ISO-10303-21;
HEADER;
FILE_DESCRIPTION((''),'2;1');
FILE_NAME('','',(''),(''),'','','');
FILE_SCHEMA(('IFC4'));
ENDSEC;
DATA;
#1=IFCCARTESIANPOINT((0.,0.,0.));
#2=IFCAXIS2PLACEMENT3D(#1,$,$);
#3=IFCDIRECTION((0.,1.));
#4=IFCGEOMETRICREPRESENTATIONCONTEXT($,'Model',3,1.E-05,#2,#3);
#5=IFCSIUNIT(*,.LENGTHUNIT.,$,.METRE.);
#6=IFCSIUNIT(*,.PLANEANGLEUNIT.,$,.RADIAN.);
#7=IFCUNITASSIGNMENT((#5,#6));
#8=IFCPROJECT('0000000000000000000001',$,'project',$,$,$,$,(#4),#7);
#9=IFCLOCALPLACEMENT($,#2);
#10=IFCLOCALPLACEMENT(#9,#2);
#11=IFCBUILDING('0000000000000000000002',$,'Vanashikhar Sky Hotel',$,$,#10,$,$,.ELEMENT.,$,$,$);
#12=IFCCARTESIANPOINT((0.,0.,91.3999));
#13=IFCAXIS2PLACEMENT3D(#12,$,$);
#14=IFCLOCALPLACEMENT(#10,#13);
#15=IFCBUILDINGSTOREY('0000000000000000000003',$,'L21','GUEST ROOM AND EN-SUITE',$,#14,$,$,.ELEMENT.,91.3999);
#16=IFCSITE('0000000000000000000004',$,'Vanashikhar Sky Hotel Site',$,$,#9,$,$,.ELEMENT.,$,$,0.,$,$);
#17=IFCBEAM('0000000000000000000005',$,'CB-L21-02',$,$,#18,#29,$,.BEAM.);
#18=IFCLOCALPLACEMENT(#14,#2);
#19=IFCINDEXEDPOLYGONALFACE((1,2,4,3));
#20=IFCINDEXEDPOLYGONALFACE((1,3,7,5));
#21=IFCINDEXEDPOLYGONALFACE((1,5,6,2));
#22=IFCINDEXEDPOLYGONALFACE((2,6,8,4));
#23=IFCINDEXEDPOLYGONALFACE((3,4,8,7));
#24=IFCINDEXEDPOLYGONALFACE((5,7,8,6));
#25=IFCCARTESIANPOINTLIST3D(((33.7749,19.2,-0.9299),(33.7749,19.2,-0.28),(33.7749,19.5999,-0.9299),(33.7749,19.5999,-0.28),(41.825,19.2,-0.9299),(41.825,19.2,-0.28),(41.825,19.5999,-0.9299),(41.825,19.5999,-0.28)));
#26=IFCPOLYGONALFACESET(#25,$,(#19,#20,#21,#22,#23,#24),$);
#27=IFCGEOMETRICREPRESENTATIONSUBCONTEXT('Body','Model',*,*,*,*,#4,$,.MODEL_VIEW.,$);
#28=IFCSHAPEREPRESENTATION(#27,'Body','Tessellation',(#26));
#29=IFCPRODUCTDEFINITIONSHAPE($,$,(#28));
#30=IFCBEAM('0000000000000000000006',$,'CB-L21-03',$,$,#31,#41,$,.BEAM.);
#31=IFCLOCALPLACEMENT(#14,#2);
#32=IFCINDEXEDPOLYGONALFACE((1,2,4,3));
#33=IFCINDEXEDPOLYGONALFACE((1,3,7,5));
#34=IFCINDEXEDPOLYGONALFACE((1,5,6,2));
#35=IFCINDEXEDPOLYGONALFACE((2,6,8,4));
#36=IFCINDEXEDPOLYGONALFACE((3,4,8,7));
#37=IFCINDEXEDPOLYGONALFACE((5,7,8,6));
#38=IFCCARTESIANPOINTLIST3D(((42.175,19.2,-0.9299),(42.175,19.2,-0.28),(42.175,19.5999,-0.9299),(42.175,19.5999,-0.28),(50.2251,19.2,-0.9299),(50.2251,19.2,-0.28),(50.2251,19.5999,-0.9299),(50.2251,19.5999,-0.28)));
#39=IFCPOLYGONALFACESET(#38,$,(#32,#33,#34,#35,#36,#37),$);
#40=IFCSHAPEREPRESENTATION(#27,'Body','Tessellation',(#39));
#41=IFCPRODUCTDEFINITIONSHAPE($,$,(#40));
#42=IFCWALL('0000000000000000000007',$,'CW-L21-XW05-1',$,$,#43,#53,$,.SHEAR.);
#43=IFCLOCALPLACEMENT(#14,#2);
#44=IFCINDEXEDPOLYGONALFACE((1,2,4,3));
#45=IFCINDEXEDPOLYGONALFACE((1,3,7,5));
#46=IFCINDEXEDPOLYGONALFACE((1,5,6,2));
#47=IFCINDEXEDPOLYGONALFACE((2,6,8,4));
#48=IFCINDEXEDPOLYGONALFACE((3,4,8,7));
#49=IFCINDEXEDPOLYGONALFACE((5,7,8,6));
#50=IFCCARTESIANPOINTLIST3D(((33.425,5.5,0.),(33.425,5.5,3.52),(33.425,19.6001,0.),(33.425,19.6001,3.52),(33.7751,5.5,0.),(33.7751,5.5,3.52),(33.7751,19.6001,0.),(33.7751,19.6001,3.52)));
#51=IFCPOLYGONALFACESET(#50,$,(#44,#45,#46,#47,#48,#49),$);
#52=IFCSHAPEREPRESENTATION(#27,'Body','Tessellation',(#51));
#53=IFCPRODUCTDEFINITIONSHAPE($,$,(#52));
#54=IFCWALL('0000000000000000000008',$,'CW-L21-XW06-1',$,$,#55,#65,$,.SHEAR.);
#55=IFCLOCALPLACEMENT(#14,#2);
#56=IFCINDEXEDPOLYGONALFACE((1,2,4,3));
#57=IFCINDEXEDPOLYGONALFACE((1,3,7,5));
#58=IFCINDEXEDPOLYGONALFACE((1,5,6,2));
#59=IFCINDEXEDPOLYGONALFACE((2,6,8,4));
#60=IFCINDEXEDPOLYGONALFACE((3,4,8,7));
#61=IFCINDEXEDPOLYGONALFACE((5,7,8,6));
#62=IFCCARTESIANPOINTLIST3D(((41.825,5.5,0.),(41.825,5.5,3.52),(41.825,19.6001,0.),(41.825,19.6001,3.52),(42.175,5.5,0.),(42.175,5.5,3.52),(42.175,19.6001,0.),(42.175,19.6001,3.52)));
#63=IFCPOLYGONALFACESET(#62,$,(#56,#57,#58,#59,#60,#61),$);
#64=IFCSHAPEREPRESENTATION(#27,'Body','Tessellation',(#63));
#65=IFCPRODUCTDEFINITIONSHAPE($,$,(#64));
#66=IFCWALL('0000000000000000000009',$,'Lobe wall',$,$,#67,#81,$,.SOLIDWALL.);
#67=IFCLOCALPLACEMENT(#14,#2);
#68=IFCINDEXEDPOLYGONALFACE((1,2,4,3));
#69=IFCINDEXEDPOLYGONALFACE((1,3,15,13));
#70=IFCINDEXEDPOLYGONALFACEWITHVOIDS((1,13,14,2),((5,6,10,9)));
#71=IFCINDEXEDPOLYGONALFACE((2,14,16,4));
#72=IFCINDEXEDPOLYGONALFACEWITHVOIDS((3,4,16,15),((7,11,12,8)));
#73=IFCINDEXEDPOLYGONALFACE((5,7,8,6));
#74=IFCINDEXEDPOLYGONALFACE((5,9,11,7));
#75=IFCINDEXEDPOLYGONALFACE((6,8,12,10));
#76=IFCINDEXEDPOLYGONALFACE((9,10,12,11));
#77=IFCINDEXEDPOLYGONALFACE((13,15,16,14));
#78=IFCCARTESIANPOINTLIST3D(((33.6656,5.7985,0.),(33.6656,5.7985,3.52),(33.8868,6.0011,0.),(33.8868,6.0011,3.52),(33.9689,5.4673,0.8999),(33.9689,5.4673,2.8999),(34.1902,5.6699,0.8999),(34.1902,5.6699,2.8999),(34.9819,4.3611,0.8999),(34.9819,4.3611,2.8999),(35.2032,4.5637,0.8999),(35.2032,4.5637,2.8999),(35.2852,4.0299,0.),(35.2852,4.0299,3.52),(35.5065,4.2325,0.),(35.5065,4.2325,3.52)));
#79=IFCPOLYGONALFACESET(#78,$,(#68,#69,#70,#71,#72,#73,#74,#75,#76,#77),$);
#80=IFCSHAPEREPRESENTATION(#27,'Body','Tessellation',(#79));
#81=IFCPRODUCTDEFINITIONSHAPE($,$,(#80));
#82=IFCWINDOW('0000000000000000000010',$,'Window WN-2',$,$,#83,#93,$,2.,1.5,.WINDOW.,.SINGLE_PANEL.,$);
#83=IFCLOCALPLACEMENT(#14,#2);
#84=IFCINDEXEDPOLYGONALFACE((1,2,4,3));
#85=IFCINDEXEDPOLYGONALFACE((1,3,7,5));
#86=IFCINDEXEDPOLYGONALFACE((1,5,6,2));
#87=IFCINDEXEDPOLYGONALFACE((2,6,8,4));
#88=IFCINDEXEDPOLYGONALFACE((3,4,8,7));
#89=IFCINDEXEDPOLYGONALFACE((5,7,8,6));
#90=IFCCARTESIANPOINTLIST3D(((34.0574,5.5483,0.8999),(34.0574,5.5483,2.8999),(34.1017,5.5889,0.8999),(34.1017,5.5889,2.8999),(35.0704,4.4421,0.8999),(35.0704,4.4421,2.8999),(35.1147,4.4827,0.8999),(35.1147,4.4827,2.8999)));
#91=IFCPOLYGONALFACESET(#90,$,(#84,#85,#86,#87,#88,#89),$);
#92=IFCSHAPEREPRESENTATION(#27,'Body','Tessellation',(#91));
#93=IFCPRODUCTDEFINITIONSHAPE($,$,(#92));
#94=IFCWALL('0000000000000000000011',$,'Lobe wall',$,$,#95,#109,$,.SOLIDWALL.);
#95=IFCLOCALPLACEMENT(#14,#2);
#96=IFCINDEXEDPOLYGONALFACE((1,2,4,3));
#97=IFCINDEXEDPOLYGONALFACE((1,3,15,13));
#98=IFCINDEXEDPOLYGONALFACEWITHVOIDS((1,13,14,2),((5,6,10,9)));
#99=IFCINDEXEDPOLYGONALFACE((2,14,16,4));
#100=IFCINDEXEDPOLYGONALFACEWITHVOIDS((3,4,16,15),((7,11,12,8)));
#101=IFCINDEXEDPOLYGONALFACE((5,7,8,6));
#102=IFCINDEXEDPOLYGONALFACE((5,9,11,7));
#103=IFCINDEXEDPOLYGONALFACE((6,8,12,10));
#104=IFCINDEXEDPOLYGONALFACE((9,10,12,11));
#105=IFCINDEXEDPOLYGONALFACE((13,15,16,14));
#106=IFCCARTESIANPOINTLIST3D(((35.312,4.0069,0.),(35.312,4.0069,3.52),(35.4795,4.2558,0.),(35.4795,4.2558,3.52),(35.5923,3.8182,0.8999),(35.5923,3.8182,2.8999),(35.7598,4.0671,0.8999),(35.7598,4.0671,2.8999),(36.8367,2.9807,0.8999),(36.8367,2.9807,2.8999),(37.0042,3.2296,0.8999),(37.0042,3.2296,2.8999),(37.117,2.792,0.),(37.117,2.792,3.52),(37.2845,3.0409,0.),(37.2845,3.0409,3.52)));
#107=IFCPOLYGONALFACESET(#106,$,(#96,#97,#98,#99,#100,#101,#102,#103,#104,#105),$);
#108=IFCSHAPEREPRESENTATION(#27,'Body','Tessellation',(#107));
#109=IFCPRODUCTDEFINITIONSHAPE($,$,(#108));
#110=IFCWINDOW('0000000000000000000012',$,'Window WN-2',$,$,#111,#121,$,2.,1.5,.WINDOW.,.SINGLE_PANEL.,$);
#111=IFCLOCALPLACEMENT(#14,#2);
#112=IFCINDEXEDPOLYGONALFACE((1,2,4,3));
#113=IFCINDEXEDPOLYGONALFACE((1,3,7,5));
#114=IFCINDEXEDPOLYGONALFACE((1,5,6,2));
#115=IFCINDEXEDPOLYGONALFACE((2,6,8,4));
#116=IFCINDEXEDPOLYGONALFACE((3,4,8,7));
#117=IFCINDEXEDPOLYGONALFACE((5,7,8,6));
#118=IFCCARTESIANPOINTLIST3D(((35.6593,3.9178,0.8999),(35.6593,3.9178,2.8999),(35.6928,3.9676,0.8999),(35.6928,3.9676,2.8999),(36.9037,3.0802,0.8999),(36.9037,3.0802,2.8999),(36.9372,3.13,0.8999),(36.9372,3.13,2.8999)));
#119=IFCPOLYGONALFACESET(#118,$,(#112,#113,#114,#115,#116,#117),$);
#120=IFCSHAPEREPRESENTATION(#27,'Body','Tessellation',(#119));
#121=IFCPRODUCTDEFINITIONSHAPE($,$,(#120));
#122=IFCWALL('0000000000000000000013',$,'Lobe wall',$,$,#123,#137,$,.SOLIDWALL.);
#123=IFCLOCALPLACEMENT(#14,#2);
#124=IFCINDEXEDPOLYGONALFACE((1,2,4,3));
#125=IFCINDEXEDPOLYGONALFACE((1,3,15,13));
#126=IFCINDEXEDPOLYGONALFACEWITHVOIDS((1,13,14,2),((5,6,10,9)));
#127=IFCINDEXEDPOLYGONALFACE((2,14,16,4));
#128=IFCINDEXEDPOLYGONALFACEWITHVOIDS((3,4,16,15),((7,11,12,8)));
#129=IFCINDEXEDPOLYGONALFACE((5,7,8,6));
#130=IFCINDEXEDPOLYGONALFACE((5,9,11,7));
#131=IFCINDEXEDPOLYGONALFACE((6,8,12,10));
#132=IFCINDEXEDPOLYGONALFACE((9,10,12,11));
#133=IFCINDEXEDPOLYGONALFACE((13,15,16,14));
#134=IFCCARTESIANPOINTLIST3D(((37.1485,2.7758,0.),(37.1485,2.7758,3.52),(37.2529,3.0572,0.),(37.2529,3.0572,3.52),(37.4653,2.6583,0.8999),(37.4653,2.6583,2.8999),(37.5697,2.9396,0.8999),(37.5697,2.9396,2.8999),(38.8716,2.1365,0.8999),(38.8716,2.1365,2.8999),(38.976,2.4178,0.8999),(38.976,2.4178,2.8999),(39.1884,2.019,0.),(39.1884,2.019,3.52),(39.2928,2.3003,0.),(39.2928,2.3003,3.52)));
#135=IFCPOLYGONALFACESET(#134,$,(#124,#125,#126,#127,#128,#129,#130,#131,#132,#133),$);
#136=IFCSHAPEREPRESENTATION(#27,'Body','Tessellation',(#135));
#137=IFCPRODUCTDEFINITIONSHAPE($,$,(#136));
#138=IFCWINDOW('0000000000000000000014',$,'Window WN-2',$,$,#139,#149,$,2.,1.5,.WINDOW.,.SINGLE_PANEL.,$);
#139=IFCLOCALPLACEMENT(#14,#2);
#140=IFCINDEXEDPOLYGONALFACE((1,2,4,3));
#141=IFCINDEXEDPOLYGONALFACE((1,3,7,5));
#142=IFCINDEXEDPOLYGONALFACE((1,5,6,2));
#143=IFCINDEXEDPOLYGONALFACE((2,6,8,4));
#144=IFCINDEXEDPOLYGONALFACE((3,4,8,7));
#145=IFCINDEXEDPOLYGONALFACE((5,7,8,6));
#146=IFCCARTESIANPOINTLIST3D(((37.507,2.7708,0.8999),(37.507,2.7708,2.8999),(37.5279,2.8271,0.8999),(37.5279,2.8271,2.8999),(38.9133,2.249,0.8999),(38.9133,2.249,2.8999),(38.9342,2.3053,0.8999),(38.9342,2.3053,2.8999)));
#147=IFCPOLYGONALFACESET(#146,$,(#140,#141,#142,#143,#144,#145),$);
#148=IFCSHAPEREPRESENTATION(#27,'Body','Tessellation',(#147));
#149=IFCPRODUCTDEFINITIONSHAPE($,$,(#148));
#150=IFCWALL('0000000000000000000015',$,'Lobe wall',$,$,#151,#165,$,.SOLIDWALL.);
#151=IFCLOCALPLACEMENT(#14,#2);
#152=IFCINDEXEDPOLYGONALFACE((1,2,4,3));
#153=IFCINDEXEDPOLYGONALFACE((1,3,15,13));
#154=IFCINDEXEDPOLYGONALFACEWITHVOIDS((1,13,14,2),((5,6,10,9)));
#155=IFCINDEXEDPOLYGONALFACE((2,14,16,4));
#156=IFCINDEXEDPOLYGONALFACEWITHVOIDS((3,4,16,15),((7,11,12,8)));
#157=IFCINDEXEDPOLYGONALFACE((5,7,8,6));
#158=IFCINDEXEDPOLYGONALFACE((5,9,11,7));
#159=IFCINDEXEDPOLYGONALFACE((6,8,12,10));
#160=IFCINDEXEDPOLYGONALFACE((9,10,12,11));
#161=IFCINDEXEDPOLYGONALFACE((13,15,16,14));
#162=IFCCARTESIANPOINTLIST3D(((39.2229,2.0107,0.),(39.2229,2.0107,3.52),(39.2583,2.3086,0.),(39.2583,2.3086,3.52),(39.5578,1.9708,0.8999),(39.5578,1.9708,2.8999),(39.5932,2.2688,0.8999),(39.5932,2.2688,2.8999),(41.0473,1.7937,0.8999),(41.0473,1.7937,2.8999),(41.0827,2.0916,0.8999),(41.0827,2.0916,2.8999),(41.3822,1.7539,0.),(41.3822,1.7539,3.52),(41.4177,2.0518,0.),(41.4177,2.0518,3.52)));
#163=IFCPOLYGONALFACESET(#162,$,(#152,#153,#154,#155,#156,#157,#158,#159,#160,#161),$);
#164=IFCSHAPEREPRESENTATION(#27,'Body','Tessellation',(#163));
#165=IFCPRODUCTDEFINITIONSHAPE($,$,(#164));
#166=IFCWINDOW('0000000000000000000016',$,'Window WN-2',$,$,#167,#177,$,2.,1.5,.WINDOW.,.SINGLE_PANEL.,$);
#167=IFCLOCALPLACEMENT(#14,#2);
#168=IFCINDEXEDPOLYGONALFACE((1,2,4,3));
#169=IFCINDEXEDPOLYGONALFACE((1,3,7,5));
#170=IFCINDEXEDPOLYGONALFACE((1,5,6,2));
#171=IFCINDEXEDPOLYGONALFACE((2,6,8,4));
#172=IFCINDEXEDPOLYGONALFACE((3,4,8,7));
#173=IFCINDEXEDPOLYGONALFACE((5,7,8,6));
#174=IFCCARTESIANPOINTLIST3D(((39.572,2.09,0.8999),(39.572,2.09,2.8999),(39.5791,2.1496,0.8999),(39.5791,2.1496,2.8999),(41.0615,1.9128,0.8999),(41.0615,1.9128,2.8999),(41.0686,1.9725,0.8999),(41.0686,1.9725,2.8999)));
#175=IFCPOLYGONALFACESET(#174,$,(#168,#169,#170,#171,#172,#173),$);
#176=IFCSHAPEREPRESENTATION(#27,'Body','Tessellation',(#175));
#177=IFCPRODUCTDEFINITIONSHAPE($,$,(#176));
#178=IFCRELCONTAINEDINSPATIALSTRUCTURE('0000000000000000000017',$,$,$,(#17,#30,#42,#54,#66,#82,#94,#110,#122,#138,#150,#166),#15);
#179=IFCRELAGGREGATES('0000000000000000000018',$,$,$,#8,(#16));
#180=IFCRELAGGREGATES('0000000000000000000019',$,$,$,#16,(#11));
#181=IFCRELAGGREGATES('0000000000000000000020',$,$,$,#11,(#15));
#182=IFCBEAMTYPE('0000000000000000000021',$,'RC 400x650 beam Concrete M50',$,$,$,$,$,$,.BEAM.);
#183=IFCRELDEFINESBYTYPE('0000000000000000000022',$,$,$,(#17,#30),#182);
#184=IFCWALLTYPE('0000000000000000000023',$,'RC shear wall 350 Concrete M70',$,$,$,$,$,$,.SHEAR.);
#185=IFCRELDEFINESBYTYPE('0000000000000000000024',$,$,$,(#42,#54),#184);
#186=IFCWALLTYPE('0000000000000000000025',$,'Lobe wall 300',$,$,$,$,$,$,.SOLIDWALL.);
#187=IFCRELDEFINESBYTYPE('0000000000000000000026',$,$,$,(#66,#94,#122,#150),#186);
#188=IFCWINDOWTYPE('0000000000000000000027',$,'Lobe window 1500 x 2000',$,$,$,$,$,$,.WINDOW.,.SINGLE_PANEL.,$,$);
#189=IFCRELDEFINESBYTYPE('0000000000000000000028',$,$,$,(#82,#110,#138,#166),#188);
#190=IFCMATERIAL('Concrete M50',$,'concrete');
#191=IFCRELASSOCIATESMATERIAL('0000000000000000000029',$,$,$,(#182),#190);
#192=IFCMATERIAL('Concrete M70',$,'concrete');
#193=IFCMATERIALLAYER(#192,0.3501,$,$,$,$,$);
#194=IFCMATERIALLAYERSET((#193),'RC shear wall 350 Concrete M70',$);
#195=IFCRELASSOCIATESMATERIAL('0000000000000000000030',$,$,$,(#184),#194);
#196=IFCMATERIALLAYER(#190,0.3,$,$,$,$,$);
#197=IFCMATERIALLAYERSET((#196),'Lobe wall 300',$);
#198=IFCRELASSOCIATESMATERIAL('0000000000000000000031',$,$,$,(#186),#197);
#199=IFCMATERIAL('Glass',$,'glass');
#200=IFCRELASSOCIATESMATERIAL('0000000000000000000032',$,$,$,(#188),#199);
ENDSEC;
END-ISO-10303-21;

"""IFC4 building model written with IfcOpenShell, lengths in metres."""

from ifc_helpers import new_model, si_unit, direction, frame, frame_2d, origin, origin_2d, place, context, subcontext, project, spatial, rectangle, extrude, source, transform, mapped, material, layer, layer_set, material_profile, profile_set, type_object, element, fill, save


model = new_model("IFC4")

# Units and contexts
model_context = context("Model", 3, precision=1e-05, world=origin(), true_north=direction((0.0, 1.0)))
body_context = subcontext(model_context, "Body", "Model", "MODEL_VIEW")
ifc_project = project(units=[si_unit("LENGTHUNIT", "METRE"), si_unit("PLANEANGLEUNIT", "RADIAN")], contexts=[model_context])

# Site, building, storey
site_placement = place(None, origin())
site = spatial("IfcSite", under=ifc_project, at=site_placement, Name="Vanashikhar Sky Hotel Site", CompositionType="ELEMENT", RefElevation=0.0)
building_placement = place(site_placement, origin())
building = spatial("IfcBuilding", under=site, at=building_placement, Name="Vanashikhar Sky Hotel", CompositionType="ELEMENT")
storey_placement = place(building_placement, frame((0.0, 0.0, 91.3999)))
storey = spatial("IfcBuildingStorey", under=building, at=storey_placement, Name="L21", Description="GUEST ROOM AND EN-SUITE", CompositionType="ELEMENT", Elevation=91.3999)

# Beams
ifc_material_1 = material(Name="Concrete M50", Category="concrete")
ifc_material_profile_1 = material_profile(ifc_material_1, rectangle(XDim=0.3999, YDim=0.6499, at=origin_2d()))
ifc_profile_set_1 = profile_set([ifc_material_profile_1], Name="RC 400x650 beam Concrete M50")
beam_type = type_object("IfcBeamType", Name="RC 400x650 beam Concrete M50", PredefinedType="BEAM", material=ifc_profile_set_1)
shared_shape_1 = source(origin(), body_context, "Body", "SweptSolid", [
    extrude(rectangle(XDim=0.3999, YDim=0.6499, at=origin_2d()), origin(), (0.0, 0.0, 1.0), 8.05),
])
for number, where, z_axis, x_axis, name in (
    (1, (33.7749, 19.3999, -0.605), (1.0, 0.0, 0.0), (0.0, 1.0, 0.0), "CB-L21-02"),
    (2, (42.175, 19.3999, -0.605), (1.0, 0.0, 0.0), (0.0, 1.0, 0.0), "CB-L21-03"),
):
    element("IfcBeam", number, at=place(storey_placement, frame(where, z_axis=z_axis, x_axis=x_axis)), inside=storey, type_object=beam_type, Name=name, PredefinedType="BEAM", context=body_context, shape_type="MappedRepresentation", body=[
        mapped(shared_shape_1, transform((0.0, 0.0, 0.0), scale=1.0)),
    ])

# Walls
ifc_material_2 = material(Name="Concrete M70", Category="concrete")
ifc_layer_1 = layer(ifc_material_2, 0.3501)
ifc_layer_set_1 = layer_set([ifc_layer_1], Name="RC shear wall 350 Concrete M70")
wall_type_1 = type_object("IfcWallType", Name="RC shear wall 350 Concrete M70", PredefinedType="SHEAR", material=ifc_layer_set_1)
shared_shape_2 = source(origin(), body_context, "Body", "SweptSolid", [
    extrude(rectangle(XDim=14.1001, YDim=0.3501, at=frame_2d((7.05, 0.0))), origin(), (0.0, 0.0, 1.0), 3.52),
])
for number, where, z_axis, x_axis, name in (
    (3, (33.6001, 5.5, 0.0), (0.0, 0.0, 1.0), (0.0, 1.0, 0.0), "CW-L21-XW05-1"),
    (4, (42.0, 5.5, 0.0), (0.0, 0.0, 1.0), (0.0, 1.0, 0.0), "CW-L21-XW06-1"),
):
    element("IfcWall", number, at=place(storey_placement, frame(where, z_axis=z_axis, x_axis=x_axis)), inside=storey, type_object=wall_type_1, Name=name, PredefinedType="SHEAR", context=body_context, shape_type="MappedRepresentation", body=[
        mapped(shared_shape_2, transform((0.0, 0.0, 0.0), scale=1.0)),
    ])

# Walls, openings, windows
ifc_layer_2 = layer(ifc_material_1, 0.3)
ifc_layer_set_2 = layer_set([ifc_layer_2], Name="Lobe wall 300")
wall_type_2 = type_object("IfcWallType", Name="Lobe wall 300", PredefinedType="SOLIDWALL", material=ifc_layer_set_2)
shared_shape_3 = source(origin(), body_context, "Body", "SweptSolid", [
    extrude(rectangle(XDim=2.3982, YDim=0.3, at=frame_2d((1.1992, 0.0))), origin(), (0.0, 0.0, 1.0), 3.52),
])
wall_1_placement = place(storey_placement, frame((33.7761, 5.8999, 0.0), z_axis=(0.0, 0.0, 1.0), x_axis=(0.675374, -0.737475, 0.0)))
wall_1 = element("IfcWall", 5, at=wall_1_placement, inside=storey, type_object=wall_type_2, Name="Lobe wall", PredefinedType="SOLIDWALL", context=body_context, shape_type="MappedRepresentation", body=[
    mapped(shared_shape_3, transform((0.0, 0.0, 0.0), scale=1.0)),
])
shared_shape_4 = source(origin(), body_context, "Body", "SweptSolid", [
    extrude(rectangle(XDim=1.5, YDim=2.0, at=frame_2d((0.75, 1.0))), frame((0.0, 0.1602, 0.0), z_axis=(0.0, -1.0, 0.0), x_axis=(1.0, 0.0, 0.0)), (0.0, 0.0, 1.0), 0.3201),
])
opening_1_placement = place(wall_1_placement, frame((0.4492, 0.0, 0.8999)))
opening_1 = element("IfcOpeningElement", 6, at=opening_1_placement, cuts=wall_1, PredefinedType="OPENING", context=body_context, shape_type="MappedRepresentation", body=[
    mapped(shared_shape_4, transform((0.0, 0.0, 0.0), scale=1.0)),
])
ifc_material_3 = material(Name="Glass", Category="glass")
window_type = type_object("IfcWindowType", Name="Lobe window 1500 x 2000", PartitioningType="SINGLE_PANEL", PredefinedType="WINDOW", material=ifc_material_3)
shared_shape_5 = source(origin(), body_context, "Body", "SweptSolid", [
    extrude(rectangle(XDim=1.5, YDim=2.0, at=frame_2d((0.75, 1.0))), frame((0.0, 0.03, 0.0), z_axis=(0.0, -1.0, 0.0), x_axis=(1.0, 0.0, 0.0)), (0.0, 0.0, 1.0), 0.0601),
])
window_1_placement = place(opening_1_placement, origin())
window_1 = element("IfcWindow", 7, at=window_1_placement, inside=storey, type_object=window_type, Name="Window WN-2", OverallHeight=2.0, OverallWidth=1.5, PartitioningType="SINGLE_PANEL", PredefinedType="WINDOW", context=body_context, shape_type="MappedRepresentation", body=[
    mapped(shared_shape_5, transform((0.0, 0.0, 0.0), scale=1.0)),
])
fill(opening_1, window_1)
shared_shape_6 = source(origin(), body_context, "Body", "SweptSolid", [
    extrude(rectangle(XDim=2.1758, YDim=0.3, at=frame_2d((1.0879, 0.0))), origin(), (0.0, 0.0, 1.0), 3.52),
])
wall_2_placement = place(storey_placement, frame((35.3958, 4.1313, 0.0), z_axis=(0.0, 0.0, 1.0), x_axis=(0.829591, -0.558372, 0.0)))
wall_2 = element("IfcWall", 8, at=wall_2_placement, inside=storey, type_object=wall_type_2, Name="Lobe wall", PredefinedType="SOLIDWALL", context=body_context, shape_type="MappedRepresentation", body=[
    mapped(shared_shape_6, transform((0.0, 0.0, 0.0), scale=1.0)),
])
opening_2_placement = place(wall_2_placement, frame((0.3379, 0.0, 0.8999)))
opening_2 = element("IfcOpeningElement", 9, at=opening_2_placement, cuts=wall_2, PredefinedType="OPENING", context=body_context, shape_type="MappedRepresentation", body=[
    mapped(shared_shape_4, transform((0.0, 0.0, 0.0), scale=1.0)),
])
window_2_placement = place(opening_2_placement, origin())
window_2 = element("IfcWindow", 10, at=window_2_placement, inside=storey, type_object=window_type, Name="Window WN-2", OverallHeight=2.0, OverallWidth=1.5, PartitioningType="SINGLE_PANEL", PredefinedType="WINDOW", context=body_context, shape_type="MappedRepresentation", body=[
    mapped(shared_shape_5, transform((0.0, 0.0, 0.0), scale=1.0)),
])
fill(opening_2, window_2)
wall_3_placement = place(storey_placement, frame((37.2007, 2.9165, 0.0), z_axis=(0.0, 0.0, 1.0), x_axis=(0.937546, -0.347863, 0.0)))
wall_3 = element("IfcWall", 11, at=wall_3_placement, inside=storey, type_object=wall_type_2, Name="Lobe wall", PredefinedType="SOLIDWALL", context=body_context, shape_type="MappedRepresentation", body=[
    mapped(shared_shape_6, transform((0.0, 0.0, 0.0), scale=1.0)),
])
opening_3_placement = place(wall_3_placement, frame((0.3379, 0.0, 0.8999)))
opening_3 = element("IfcOpeningElement", 12, at=opening_3_placement, cuts=wall_3, PredefinedType="OPENING", context=body_context, shape_type="MappedRepresentation", body=[
    mapped(shared_shape_4, transform((0.0, 0.0, 0.0), scale=1.0)),
])
window_3_placement = place(opening_3_placement, origin())
window_3 = element("IfcWindow", 13, at=window_3_placement, inside=storey, type_object=window_type, Name="Window WN-2", OverallHeight=2.0, OverallWidth=1.5, PartitioningType="SINGLE_PANEL", PredefinedType="WINDOW", context=body_context, shape_type="MappedRepresentation", body=[
    mapped(shared_shape_5, transform((0.0, 0.0, 0.0), scale=1.0)),
])
fill(opening_3, window_3)
shared_shape_7 = source(origin(), body_context, "Body", "SweptSolid", [
    extrude(rectangle(XDim=2.1746, YDim=0.3, at=frame_2d((1.0874, 0.0))), origin(), (0.0, 0.0, 1.0), 3.52),
])
wall_4_placement = place(storey_placement, frame((39.2405, 2.1597, 0.0), z_axis=(0.0, 0.0, 1.0), x_axis=(0.993001, -0.118105, 0.0)))
wall_4 = element("IfcWall", 14, at=wall_4_placement, inside=storey, type_object=wall_type_2, Name="Lobe wall", PredefinedType="SOLIDWALL", context=body_context, shape_type="MappedRepresentation", body=[
    mapped(shared_shape_7, transform((0.0, 0.0, 0.0), scale=1.0)),
])
opening_4_placement = place(wall_4_placement, frame((0.3374, 0.0, 0.8999)))
opening_4 = element("IfcOpeningElement", 15, at=opening_4_placement, cuts=wall_4, PredefinedType="OPENING", context=body_context, shape_type="MappedRepresentation", body=[
    mapped(shared_shape_4, transform((0.0, 0.0, 0.0), scale=1.0)),
])
window_4_placement = place(opening_4_placement, origin())
window_4 = element("IfcWindow", 16, at=window_4_placement, inside=storey, type_object=window_type, Name="Window WN-2", OverallHeight=2.0, OverallWidth=1.5, PartitioningType="SINGLE_PANEL", PredefinedType="WINDOW", context=body_context, shape_type="MappedRepresentation", body=[
    mapped(shared_shape_5, transform((0.0, 0.0, 0.0), scale=1.0)),
])
fill(opening_4, window_4)

save(model, "model.ifc")
